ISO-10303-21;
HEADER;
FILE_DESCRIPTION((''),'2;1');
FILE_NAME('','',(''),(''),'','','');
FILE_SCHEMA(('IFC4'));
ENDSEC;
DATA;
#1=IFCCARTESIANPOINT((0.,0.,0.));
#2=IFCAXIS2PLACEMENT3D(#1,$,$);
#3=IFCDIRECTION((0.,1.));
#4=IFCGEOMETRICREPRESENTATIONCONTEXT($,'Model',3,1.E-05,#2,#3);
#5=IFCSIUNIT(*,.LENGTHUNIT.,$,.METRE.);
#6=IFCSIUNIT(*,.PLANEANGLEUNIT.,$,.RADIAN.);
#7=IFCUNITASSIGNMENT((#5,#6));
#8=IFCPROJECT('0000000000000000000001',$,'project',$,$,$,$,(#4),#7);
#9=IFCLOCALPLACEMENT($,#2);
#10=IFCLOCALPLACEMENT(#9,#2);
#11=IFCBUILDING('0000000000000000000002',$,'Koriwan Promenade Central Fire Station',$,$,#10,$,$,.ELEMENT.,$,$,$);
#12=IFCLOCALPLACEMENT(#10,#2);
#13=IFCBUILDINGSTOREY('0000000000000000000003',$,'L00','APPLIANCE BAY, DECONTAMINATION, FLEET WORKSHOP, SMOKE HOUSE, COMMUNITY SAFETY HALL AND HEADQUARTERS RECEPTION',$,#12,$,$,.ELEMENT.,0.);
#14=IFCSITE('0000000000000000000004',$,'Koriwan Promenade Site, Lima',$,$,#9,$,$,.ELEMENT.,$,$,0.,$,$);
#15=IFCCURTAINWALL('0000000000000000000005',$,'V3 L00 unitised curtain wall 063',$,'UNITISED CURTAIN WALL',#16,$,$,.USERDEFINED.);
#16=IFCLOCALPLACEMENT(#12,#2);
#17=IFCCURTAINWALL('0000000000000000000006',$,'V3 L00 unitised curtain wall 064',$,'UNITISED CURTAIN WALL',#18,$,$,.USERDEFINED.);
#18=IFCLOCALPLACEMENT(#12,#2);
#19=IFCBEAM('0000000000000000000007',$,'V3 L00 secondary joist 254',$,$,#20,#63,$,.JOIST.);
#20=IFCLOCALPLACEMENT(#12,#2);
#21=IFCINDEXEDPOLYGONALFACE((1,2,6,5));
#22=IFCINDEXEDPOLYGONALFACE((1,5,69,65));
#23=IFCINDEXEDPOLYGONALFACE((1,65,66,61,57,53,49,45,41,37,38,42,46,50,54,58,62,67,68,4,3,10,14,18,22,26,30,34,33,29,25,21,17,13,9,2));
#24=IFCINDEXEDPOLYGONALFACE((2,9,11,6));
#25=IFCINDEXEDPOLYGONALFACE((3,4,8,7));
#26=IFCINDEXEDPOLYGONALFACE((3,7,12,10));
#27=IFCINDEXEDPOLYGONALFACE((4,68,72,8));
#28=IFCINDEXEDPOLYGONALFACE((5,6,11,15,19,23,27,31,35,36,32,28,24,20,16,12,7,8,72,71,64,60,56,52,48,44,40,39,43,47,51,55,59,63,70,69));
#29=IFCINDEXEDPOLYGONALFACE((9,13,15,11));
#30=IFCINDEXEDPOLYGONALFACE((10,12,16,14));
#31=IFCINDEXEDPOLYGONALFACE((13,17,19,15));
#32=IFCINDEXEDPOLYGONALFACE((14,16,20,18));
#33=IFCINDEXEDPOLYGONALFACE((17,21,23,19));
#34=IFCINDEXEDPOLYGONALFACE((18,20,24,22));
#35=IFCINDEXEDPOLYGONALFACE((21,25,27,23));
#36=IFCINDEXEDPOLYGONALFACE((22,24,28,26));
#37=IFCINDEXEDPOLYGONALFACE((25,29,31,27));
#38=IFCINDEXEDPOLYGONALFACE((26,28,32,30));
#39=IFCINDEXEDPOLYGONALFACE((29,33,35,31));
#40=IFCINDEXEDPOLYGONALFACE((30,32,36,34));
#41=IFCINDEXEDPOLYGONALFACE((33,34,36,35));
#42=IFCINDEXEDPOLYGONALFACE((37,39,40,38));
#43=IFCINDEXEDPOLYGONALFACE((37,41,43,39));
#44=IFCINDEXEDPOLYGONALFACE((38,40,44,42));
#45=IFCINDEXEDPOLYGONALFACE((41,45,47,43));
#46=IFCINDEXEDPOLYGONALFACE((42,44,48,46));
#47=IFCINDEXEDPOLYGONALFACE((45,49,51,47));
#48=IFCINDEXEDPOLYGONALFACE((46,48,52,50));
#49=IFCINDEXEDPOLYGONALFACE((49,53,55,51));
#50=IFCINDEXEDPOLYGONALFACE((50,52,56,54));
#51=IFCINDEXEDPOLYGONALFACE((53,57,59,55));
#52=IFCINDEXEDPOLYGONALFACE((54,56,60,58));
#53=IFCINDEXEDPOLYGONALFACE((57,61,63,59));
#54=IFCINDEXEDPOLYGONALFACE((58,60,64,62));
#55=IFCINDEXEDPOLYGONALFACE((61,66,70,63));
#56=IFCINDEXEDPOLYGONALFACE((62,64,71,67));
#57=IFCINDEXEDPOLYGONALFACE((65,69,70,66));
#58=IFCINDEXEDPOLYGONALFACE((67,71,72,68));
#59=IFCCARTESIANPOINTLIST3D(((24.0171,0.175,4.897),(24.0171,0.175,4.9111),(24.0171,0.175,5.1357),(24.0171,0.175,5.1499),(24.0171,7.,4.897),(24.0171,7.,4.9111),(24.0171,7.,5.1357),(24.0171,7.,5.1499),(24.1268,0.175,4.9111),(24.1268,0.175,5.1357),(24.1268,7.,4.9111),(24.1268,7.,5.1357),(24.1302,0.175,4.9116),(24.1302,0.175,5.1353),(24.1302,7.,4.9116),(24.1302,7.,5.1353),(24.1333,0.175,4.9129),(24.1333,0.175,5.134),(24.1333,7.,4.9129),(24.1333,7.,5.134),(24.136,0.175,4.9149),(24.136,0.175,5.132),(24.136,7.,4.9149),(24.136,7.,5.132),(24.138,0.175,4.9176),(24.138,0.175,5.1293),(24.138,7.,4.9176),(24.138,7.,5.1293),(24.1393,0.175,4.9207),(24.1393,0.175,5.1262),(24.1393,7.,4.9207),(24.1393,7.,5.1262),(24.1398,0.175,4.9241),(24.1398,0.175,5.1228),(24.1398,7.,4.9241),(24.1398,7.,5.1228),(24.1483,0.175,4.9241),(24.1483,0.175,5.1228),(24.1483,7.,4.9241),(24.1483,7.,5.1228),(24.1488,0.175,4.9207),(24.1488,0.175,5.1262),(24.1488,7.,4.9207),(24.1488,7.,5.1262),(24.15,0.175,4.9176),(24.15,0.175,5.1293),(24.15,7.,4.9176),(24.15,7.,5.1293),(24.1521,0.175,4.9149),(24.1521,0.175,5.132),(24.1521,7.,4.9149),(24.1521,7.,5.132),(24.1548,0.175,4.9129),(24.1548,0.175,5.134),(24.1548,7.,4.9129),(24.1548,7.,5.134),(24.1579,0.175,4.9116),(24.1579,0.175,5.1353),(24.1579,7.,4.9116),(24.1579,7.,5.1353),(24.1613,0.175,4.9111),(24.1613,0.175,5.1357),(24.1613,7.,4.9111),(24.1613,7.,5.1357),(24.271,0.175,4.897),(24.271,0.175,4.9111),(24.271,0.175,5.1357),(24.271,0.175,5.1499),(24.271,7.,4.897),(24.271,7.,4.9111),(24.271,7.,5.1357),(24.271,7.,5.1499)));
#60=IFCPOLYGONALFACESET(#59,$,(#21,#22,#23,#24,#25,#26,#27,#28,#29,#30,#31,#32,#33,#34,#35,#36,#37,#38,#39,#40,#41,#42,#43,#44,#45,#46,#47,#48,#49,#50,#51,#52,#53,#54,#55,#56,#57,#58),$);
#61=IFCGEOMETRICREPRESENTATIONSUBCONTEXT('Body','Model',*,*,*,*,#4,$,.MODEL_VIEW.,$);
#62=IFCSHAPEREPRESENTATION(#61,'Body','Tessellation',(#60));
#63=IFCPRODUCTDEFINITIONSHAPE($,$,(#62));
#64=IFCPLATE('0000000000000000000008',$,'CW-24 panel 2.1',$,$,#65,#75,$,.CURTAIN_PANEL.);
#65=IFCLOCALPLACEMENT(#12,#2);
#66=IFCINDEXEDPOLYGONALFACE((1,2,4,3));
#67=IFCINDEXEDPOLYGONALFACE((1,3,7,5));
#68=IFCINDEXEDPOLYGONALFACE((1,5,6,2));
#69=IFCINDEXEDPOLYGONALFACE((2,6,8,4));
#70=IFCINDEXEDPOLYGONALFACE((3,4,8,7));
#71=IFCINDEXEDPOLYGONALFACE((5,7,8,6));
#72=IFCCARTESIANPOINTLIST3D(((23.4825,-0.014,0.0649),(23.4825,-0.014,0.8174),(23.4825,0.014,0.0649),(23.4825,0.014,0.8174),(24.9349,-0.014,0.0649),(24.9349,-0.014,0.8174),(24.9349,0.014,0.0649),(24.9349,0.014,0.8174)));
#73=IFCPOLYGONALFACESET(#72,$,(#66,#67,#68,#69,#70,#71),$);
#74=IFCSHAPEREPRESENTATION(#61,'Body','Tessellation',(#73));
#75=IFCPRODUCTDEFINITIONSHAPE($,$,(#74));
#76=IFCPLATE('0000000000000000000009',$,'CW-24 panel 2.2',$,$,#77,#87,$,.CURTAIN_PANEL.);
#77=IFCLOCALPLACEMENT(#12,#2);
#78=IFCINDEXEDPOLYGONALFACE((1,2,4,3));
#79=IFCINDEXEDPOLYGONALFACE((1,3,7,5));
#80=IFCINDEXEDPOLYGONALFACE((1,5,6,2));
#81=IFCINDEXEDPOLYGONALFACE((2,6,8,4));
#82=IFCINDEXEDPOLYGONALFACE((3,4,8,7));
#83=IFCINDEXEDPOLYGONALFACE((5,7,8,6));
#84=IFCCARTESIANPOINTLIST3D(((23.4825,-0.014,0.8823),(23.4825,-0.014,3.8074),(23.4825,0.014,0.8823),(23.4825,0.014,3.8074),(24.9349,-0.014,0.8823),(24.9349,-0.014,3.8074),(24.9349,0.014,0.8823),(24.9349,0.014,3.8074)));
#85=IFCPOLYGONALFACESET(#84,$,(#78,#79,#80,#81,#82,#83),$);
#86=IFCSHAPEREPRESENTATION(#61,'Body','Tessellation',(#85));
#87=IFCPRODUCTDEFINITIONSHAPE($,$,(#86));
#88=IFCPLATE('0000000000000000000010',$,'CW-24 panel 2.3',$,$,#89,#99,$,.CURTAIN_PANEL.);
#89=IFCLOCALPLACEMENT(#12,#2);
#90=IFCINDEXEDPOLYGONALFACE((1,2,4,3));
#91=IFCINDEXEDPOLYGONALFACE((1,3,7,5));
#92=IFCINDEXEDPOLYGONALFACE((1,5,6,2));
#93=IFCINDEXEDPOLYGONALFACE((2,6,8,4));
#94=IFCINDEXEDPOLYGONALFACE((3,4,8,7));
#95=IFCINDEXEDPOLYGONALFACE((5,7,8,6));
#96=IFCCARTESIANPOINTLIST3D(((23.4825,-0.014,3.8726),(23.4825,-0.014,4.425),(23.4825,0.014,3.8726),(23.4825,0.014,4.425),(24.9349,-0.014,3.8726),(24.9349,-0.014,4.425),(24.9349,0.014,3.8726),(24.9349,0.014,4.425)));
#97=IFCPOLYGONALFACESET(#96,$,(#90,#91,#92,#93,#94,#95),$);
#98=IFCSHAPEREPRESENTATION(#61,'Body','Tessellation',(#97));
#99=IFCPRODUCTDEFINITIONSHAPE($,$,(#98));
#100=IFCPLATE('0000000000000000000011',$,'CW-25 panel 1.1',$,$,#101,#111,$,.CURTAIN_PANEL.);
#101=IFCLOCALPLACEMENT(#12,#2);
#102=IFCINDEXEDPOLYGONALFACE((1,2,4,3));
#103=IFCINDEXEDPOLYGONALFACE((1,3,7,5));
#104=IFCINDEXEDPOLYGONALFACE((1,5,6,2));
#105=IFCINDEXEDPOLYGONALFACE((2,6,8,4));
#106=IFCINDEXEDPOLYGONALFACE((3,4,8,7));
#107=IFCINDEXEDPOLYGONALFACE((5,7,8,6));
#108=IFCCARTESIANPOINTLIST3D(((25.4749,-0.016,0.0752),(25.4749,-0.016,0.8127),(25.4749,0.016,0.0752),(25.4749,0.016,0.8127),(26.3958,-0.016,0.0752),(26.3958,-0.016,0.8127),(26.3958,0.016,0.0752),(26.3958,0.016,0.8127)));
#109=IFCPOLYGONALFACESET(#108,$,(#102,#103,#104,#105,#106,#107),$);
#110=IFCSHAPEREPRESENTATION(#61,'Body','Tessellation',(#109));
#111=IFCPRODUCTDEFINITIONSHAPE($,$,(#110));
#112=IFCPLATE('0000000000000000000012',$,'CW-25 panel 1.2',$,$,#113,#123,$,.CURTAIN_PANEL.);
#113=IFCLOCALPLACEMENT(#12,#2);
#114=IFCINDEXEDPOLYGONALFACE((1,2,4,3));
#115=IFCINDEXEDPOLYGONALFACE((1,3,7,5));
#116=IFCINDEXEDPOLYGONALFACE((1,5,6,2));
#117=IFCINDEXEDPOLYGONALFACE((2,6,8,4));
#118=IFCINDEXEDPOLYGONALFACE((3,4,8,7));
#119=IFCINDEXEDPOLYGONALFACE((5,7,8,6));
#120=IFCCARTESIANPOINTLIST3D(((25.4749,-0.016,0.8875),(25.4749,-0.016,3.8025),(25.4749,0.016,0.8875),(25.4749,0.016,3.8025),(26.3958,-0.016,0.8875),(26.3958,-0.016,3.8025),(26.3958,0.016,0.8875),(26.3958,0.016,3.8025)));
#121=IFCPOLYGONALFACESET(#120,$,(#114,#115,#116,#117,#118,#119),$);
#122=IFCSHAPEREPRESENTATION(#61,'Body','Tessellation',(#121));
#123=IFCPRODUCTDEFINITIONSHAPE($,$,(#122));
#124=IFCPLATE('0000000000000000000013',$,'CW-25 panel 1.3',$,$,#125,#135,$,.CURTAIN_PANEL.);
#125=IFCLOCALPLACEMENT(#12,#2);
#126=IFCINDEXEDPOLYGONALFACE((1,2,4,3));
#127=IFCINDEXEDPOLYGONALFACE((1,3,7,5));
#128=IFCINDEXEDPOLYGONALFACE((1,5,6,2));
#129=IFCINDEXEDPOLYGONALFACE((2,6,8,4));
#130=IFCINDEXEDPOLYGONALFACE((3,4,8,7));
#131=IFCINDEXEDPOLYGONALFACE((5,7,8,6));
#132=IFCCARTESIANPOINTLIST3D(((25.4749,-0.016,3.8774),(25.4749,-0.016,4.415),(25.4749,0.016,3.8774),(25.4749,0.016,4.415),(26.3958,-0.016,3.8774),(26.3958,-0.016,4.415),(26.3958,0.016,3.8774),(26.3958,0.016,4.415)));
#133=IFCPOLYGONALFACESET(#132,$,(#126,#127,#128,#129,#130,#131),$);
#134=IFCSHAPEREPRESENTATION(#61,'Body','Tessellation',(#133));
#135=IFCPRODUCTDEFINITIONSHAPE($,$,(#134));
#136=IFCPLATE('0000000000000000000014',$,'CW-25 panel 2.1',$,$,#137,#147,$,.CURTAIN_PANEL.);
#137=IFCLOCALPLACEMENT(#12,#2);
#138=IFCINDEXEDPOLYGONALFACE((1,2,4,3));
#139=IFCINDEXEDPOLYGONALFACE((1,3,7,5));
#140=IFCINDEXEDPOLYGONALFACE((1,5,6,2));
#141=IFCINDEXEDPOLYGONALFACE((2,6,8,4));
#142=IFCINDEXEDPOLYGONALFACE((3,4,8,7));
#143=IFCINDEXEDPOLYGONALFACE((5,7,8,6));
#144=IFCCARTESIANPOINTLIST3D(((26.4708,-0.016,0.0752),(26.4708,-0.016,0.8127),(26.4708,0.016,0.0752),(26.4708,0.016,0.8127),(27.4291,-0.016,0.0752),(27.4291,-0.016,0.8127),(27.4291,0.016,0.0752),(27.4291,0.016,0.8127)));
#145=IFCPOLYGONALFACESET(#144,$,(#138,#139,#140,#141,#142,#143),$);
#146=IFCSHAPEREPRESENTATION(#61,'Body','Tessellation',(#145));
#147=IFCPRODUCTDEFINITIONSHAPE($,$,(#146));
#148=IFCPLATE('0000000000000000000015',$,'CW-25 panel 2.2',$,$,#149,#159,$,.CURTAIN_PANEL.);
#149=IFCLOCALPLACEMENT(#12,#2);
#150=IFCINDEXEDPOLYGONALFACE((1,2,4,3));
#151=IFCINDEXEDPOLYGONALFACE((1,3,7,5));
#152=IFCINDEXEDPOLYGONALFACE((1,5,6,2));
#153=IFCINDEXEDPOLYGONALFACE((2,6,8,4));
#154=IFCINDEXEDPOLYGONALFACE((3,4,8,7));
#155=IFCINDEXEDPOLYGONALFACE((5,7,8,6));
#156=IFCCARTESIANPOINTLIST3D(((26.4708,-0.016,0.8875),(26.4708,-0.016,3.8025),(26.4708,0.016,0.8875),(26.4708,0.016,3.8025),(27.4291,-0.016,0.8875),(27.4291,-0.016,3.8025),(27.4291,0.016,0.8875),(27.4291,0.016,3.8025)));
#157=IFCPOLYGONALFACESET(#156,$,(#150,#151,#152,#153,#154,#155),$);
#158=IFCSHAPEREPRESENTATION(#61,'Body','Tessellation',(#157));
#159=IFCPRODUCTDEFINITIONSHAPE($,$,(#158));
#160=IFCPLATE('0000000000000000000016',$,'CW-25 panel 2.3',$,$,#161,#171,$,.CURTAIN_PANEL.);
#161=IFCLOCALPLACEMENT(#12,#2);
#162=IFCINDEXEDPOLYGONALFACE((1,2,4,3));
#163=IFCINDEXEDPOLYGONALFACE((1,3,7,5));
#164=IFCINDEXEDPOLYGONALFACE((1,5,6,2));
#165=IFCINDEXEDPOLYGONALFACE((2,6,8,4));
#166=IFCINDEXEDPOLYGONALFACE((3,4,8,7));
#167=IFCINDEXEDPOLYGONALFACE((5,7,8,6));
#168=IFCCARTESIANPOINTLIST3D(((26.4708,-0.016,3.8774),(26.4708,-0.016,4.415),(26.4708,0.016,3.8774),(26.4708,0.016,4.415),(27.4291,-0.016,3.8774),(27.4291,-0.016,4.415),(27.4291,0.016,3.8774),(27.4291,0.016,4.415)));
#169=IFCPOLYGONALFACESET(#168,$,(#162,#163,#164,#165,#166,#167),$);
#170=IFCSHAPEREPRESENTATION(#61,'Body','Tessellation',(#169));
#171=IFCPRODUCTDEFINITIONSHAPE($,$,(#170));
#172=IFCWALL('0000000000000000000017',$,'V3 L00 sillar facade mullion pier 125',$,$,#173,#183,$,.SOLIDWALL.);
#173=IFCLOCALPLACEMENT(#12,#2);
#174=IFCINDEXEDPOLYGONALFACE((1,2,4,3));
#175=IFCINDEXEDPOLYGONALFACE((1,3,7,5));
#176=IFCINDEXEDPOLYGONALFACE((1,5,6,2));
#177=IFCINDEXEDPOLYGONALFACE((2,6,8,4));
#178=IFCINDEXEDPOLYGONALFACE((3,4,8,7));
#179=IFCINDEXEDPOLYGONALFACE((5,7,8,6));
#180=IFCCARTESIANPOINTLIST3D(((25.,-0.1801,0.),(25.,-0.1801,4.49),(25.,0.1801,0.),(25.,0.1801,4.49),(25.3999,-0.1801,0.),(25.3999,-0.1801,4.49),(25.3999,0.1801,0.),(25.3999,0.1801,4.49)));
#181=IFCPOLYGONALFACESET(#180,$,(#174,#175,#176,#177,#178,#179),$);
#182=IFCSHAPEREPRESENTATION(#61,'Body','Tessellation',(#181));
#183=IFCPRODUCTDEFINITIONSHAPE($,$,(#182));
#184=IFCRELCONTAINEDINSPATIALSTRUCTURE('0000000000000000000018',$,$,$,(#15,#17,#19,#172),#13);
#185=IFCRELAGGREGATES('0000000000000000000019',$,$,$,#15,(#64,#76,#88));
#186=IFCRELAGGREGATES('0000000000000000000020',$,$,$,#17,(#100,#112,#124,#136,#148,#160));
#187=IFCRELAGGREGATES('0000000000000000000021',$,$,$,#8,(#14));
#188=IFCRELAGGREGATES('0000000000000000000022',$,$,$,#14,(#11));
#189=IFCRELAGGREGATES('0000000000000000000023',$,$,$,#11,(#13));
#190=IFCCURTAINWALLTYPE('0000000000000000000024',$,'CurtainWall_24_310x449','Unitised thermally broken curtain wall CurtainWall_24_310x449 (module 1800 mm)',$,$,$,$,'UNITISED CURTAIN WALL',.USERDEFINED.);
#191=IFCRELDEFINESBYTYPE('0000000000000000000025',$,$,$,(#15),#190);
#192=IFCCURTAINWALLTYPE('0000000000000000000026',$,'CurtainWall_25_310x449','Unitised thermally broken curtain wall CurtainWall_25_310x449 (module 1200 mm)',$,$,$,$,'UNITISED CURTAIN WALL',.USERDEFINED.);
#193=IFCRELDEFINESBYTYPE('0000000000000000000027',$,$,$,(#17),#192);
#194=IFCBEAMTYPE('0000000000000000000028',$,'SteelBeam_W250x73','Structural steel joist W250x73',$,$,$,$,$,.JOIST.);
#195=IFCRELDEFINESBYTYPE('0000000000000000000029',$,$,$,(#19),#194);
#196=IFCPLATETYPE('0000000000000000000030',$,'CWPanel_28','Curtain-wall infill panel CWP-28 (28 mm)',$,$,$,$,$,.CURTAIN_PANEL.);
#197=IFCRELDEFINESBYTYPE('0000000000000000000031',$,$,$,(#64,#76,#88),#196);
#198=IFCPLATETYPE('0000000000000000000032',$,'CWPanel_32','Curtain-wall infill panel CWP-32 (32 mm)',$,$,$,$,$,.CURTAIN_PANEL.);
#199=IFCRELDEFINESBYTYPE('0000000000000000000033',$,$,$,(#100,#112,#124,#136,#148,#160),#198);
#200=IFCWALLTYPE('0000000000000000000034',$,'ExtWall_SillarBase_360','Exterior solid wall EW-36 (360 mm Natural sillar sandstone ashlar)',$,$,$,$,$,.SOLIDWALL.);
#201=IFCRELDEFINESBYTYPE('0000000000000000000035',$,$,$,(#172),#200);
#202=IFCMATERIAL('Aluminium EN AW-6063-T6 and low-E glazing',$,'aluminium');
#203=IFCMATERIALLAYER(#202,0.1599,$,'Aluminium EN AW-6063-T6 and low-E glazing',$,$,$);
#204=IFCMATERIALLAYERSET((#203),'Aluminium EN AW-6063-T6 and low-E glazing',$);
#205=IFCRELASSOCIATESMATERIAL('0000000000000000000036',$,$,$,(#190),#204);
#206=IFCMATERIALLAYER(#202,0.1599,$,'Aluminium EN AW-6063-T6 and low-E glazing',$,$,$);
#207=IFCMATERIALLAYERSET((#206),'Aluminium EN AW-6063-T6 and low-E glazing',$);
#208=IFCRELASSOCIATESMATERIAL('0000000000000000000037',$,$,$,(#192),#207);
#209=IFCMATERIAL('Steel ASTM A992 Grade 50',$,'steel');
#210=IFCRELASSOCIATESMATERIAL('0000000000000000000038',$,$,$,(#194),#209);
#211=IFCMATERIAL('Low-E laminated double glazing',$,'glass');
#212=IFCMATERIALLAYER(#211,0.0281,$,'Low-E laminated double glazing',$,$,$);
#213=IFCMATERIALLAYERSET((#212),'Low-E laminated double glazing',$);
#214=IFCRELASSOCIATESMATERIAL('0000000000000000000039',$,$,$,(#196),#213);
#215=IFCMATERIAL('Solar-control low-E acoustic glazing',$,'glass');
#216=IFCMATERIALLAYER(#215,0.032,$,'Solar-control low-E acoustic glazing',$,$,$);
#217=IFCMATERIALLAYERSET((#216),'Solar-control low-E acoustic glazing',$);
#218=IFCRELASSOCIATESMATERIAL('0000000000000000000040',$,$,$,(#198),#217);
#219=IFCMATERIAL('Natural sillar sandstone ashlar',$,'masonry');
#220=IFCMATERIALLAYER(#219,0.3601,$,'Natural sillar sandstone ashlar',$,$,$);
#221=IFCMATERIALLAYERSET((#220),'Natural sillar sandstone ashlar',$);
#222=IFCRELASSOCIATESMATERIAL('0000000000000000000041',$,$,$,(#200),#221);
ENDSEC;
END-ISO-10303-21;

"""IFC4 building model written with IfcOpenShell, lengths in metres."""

from ifc_helpers import new_model, si_unit, direction, frame, frame_2d, origin, origin_2d, place, context, subcontext, project, spatial, rectangle, i_section, extrude, material, layer, layer_set, material_profile, profile_set, type_object, element, aggregate, save


model = new_model("IFC4")

# Units and contexts
model_context = context("Model", 3, precision=1e-05, world=origin(), true_north=direction((0.0, 1.0)))
body_context = subcontext(model_context, "Body", "Model", "MODEL_VIEW")
ifc_project = project(units=[si_unit("LENGTHUNIT", "METRE"), si_unit("PLANEANGLEUNIT", "RADIAN")], contexts=[model_context])

# Site, building, storey
site_placement = place(None, origin())
site = spatial("IfcSite", under=ifc_project, at=site_placement, Name="Koriwan Promenade Site, Lima", CompositionType="ELEMENT", RefElevation=0.0)
building_placement = place(site_placement, origin())
building = spatial("IfcBuilding", under=site, at=building_placement, Name="Koriwan Promenade Central Fire Station", CompositionType="ELEMENT")
storey_placement = place(building_placement, origin())
storey = spatial("IfcBuildingStorey", under=building, at=storey_placement, Name="L00", Description="APPLIANCE BAY, DECONTAMINATION, FLEET WORKSHOP, SMOKE HOUSE, COMMUNITY SAFETY HALL AND HEADQUARTERS RECEPTION", CompositionType="ELEMENT", Elevation=0.0)

# Curtain wall
ifc_material_1 = material(Name="Aluminium EN AW-6063-T6 and low-E glazing", Category="aluminium")
ifc_layer_1 = layer(ifc_material_1, 0.1599, Name="Aluminium EN AW-6063-T6 and low-E glazing")
ifc_layer_set_1 = layer_set([ifc_layer_1], Name="Aluminium EN AW-6063-T6 and low-E glazing")
curtain_wall_type_1 = type_object("IfcCurtainWallType", Name="CurtainWall_24_310x449", Description="Unitised thermally broken curtain wall CurtainWall_24_310x449 (module 1800 mm)", ElementType="UNITISED CURTAIN WALL", PredefinedType="USERDEFINED", material=ifc_layer_set_1)
curtain_wall_1_placement = place(storey_placement, origin())
curtain_wall_1 = element("IfcCurtainWall", 1, at=curtain_wall_1_placement, inside=storey, type_object=curtain_wall_type_1, Name="V3 L00 unitised curtain wall 063", ObjectType="UNITISED CURTAIN WALL", PredefinedType="USERDEFINED")

# Curtain wall
ifc_layer_2 = layer(ifc_material_1, 0.1599, Name="Aluminium EN AW-6063-T6 and low-E glazing")
ifc_layer_set_2 = layer_set([ifc_layer_2], Name="Aluminium EN AW-6063-T6 and low-E glazing")
curtain_wall_type_2 = type_object("IfcCurtainWallType", Name="CurtainWall_25_310x449", Description="Unitised thermally broken curtain wall CurtainWall_25_310x449 (module 1200 mm)", ElementType="UNITISED CURTAIN WALL", PredefinedType="USERDEFINED", material=ifc_layer_set_2)
curtain_wall_2_placement = place(storey_placement, origin())
curtain_wall_2 = element("IfcCurtainWall", 2, at=curtain_wall_2_placement, inside=storey, type_object=curtain_wall_type_2, Name="V3 L00 unitised curtain wall 064", ObjectType="UNITISED CURTAIN WALL", PredefinedType="USERDEFINED")

# Beam
ifc_material_2 = material(Name="Steel ASTM A992 Grade 50", Category="steel")
ifc_material_profile_1 = material_profile(ifc_material_2, i_section(OverallWidth=0.2539, OverallDepth=0.2529, WebThickness=0.0085, FlangeThickness=0.0142, FilletRadius=0.0129, at=origin_2d()), Name="W250x73")
ifc_profile_set_1 = profile_set([ifc_material_profile_1], Name="Steel ASTM A992 Grade 50")
beam_type_1 = type_object("IfcBeamType", Name="SteelBeam_W250x73", Description="Structural steel joist W250x73", PredefinedType="JOIST", material=ifc_profile_set_1)
beam_1_placement = place(storey_placement, frame((24.144, 0.175, 5.0234), z_axis=(0.0, 1.0, 0.0), x_axis=(-1.0, 0.0, 0.0)))
element("IfcBeam", 3, at=beam_1_placement, inside=storey, type_object=beam_type_1, Name="V3 L00 secondary joist 254", PredefinedType="JOIST", context=body_context, shape_type="SweptSolid", body=[
    extrude(i_section(OverallWidth=0.2539, OverallDepth=0.2529, WebThickness=0.0085, FlangeThickness=0.0142, FilletRadius=0.0129, at=origin_2d()), origin(), (0.0, 0.0, 1.0), 6.825),
])

# Plates
ifc_material_3 = material(Name="Low-E laminated double glazing", Category="glass")
ifc_layer_3 = layer(ifc_material_3, 0.0281, Name="Low-E laminated double glazing")
ifc_layer_set_3 = layer_set([ifc_layer_3], Name="Low-E laminated double glazing")
plate_type_1 = type_object("IfcPlateType", Name="CWPanel_28", Description="Curtain-wall infill panel CWP-28 (28 mm)", PredefinedType="CURTAIN_PANEL", material=ifc_layer_set_3)
plate_1_placement = place(storey_placement, frame((24.2087, 0.0, 0.0649), z_axis=(0.0, 0.0, 1.0), x_axis=(1.0, 0.0, 0.0)))
plate_1 = element("IfcPlate", 4, at=plate_1_placement, type_object=plate_type_1, Name="CW-24 panel 2.1", PredefinedType="CURTAIN_PANEL", context=body_context, shape_type="SweptSolid", body=[
    extrude(rectangle(XDim=1.4524, YDim=0.0281, at=origin_2d()), origin(), (0.0, 0.0, 1.0), 0.7524),
])
plate_2_placement = place(storey_placement, frame((24.2087, 0.0, 0.8823), z_axis=(0.0, 0.0, 1.0), x_axis=(1.0, 0.0, 0.0)))
plate_2 = element("IfcPlate", 5, at=plate_2_placement, type_object=plate_type_1, Name="CW-24 panel 2.2", PredefinedType="CURTAIN_PANEL", context=body_context, shape_type="SweptSolid", body=[
    extrude(rectangle(XDim=1.4524, YDim=0.0281, at=origin_2d()), origin(), (0.0, 0.0, 1.0), 2.925),
])
plate_3_placement = place(storey_placement, frame((24.2087, 0.0, 3.8726), z_axis=(0.0, 0.0, 1.0), x_axis=(1.0, 0.0, 0.0)))
plate_3 = element("IfcPlate", 6, at=plate_3_placement, type_object=plate_type_1, Name="CW-24 panel 2.3", PredefinedType="CURTAIN_PANEL", context=body_context, shape_type="SweptSolid", body=[
    extrude(rectangle(XDim=1.4524, YDim=0.0281, at=origin_2d()), origin(), (0.0, 0.0, 1.0), 0.5525),
])
aggregate(curtain_wall_1, [plate_1, plate_2, plate_3])
ifc_material_4 = material(Name="Solar-control low-E acoustic glazing", Category="glass")
ifc_layer_4 = layer(ifc_material_4, 0.032, Name="Solar-control low-E acoustic glazing")
ifc_layer_set_4 = layer_set([ifc_layer_4], Name="Solar-control low-E acoustic glazing")
plate_type_2 = type_object("IfcPlateType", Name="CWPanel_32", Description="Curtain-wall infill panel CWP-32 (32 mm)", PredefinedType="CURTAIN_PANEL", material=ifc_layer_set_4)
plate_4_placement = place(storey_placement, frame((25.9353, 0.0, 0.0752), z_axis=(0.0, 0.0, 1.0), x_axis=(1.0, 0.0, 0.0)))
plate_4 = element("IfcPlate", 7, at=plate_4_placement, type_object=plate_type_2, Name="CW-25 panel 1.1", PredefinedType="CURTAIN_PANEL", context=body_context, shape_type="SweptSolid", body=[
    extrude(rectangle(XDim=0.9209, YDim=0.032, at=origin_2d()), origin(), (0.0, 0.0, 1.0), 0.7375),
])
plate_5_placement = place(storey_placement, frame((25.9353, 0.0, 0.8875), z_axis=(0.0, 0.0, 1.0), x_axis=(1.0, 0.0, 0.0)))
plate_5 = element("IfcPlate", 8, at=plate_5_placement, type_object=plate_type_2, Name="CW-25 panel 1.2", PredefinedType="CURTAIN_PANEL", context=body_context, shape_type="SweptSolid", body=[
    extrude(rectangle(XDim=0.9209, YDim=0.032, at=origin_2d()), origin(), (0.0, 0.0, 1.0), 2.915),
])
plate_6_placement = place(storey_placement, frame((25.9353, 0.0, 3.8774), z_axis=(0.0, 0.0, 1.0), x_axis=(1.0, 0.0, 0.0)))
plate_6 = element("IfcPlate", 9, at=plate_6_placement, type_object=plate_type_2, Name="CW-25 panel 1.3", PredefinedType="CURTAIN_PANEL", context=body_context, shape_type="SweptSolid", body=[
    extrude(rectangle(XDim=0.9209, YDim=0.032, at=origin_2d()), origin(), (0.0, 0.0, 1.0), 0.5376),
])
plate_7_placement = place(storey_placement, frame((26.95, 0.0, 0.0752), z_axis=(0.0, 0.0, 1.0), x_axis=(1.0, 0.0, 0.0)))
plate_7 = element("IfcPlate", 10, at=plate_7_placement, type_object=plate_type_2, Name="CW-25 panel 2.1", PredefinedType="CURTAIN_PANEL", context=body_context, shape_type="SweptSolid", body=[
    extrude(rectangle(XDim=0.9583, YDim=0.032, at=origin_2d()), origin(), (0.0, 0.0, 1.0), 0.7375),
])
plate_8_placement = place(storey_placement, frame((26.95, 0.0, 0.8875), z_axis=(0.0, 0.0, 1.0), x_axis=(1.0, 0.0, 0.0)))
plate_8 = element("IfcPlate", 11, at=plate_8_placement, type_object=plate_type_2, Name="CW-25 panel 2.2", PredefinedType="CURTAIN_PANEL", context=body_context, shape_type="SweptSolid", body=[
    extrude(rectangle(XDim=0.9583, YDim=0.032, at=origin_2d()), origin(), (0.0, 0.0, 1.0), 2.915),
])
plate_9_placement = place(storey_placement, frame((26.95, 0.0, 3.8774), z_axis=(0.0, 0.0, 1.0), x_axis=(1.0, 0.0, 0.0)))
plate_9 = element("IfcPlate", 12, at=plate_9_placement, type_object=plate_type_2, Name="CW-25 panel 2.3", PredefinedType="CURTAIN_PANEL", context=body_context, shape_type="SweptSolid", body=[
    extrude(rectangle(XDim=0.9583, YDim=0.032, at=origin_2d()), origin(), (0.0, 0.0, 1.0), 0.5376),
])
aggregate(curtain_wall_2, [plate_4, plate_5, plate_6, plate_7, plate_8, plate_9])

# Wall
ifc_material_5 = material(Name="Natural sillar sandstone ashlar", Category="masonry")
ifc_layer_5 = layer(ifc_material_5, 0.3601, Name="Natural sillar sandstone ashlar")
ifc_layer_set_5 = layer_set([ifc_layer_5], Name="Natural sillar sandstone ashlar")
wall_type = type_object("IfcWallType", Name="ExtWall_SillarBase_360", Description="Exterior solid wall EW-36 (360 mm Natural sillar sandstone ashlar)", PredefinedType="SOLIDWALL", material=ifc_layer_set_5)
wall_placement = place(storey_placement, frame((25.0, 0.0, 0.0), z_axis=(0.0, 0.0, 1.0), x_axis=(1.0, 0.0, 0.0)))
element("IfcWall", 13, at=wall_placement, inside=storey, type_object=wall_type, Name="V3 L00 sillar facade mullion pier 125", PredefinedType="SOLIDWALL", context=body_context, shape_type="SweptSolid", body=[
    extrude(rectangle(XDim=0.3999, YDim=0.3601, at=frame_2d((0.2, 0.0))), origin(), (0.0, 0.0, 1.0), 4.49),
])

save(model, "model.ifc")
